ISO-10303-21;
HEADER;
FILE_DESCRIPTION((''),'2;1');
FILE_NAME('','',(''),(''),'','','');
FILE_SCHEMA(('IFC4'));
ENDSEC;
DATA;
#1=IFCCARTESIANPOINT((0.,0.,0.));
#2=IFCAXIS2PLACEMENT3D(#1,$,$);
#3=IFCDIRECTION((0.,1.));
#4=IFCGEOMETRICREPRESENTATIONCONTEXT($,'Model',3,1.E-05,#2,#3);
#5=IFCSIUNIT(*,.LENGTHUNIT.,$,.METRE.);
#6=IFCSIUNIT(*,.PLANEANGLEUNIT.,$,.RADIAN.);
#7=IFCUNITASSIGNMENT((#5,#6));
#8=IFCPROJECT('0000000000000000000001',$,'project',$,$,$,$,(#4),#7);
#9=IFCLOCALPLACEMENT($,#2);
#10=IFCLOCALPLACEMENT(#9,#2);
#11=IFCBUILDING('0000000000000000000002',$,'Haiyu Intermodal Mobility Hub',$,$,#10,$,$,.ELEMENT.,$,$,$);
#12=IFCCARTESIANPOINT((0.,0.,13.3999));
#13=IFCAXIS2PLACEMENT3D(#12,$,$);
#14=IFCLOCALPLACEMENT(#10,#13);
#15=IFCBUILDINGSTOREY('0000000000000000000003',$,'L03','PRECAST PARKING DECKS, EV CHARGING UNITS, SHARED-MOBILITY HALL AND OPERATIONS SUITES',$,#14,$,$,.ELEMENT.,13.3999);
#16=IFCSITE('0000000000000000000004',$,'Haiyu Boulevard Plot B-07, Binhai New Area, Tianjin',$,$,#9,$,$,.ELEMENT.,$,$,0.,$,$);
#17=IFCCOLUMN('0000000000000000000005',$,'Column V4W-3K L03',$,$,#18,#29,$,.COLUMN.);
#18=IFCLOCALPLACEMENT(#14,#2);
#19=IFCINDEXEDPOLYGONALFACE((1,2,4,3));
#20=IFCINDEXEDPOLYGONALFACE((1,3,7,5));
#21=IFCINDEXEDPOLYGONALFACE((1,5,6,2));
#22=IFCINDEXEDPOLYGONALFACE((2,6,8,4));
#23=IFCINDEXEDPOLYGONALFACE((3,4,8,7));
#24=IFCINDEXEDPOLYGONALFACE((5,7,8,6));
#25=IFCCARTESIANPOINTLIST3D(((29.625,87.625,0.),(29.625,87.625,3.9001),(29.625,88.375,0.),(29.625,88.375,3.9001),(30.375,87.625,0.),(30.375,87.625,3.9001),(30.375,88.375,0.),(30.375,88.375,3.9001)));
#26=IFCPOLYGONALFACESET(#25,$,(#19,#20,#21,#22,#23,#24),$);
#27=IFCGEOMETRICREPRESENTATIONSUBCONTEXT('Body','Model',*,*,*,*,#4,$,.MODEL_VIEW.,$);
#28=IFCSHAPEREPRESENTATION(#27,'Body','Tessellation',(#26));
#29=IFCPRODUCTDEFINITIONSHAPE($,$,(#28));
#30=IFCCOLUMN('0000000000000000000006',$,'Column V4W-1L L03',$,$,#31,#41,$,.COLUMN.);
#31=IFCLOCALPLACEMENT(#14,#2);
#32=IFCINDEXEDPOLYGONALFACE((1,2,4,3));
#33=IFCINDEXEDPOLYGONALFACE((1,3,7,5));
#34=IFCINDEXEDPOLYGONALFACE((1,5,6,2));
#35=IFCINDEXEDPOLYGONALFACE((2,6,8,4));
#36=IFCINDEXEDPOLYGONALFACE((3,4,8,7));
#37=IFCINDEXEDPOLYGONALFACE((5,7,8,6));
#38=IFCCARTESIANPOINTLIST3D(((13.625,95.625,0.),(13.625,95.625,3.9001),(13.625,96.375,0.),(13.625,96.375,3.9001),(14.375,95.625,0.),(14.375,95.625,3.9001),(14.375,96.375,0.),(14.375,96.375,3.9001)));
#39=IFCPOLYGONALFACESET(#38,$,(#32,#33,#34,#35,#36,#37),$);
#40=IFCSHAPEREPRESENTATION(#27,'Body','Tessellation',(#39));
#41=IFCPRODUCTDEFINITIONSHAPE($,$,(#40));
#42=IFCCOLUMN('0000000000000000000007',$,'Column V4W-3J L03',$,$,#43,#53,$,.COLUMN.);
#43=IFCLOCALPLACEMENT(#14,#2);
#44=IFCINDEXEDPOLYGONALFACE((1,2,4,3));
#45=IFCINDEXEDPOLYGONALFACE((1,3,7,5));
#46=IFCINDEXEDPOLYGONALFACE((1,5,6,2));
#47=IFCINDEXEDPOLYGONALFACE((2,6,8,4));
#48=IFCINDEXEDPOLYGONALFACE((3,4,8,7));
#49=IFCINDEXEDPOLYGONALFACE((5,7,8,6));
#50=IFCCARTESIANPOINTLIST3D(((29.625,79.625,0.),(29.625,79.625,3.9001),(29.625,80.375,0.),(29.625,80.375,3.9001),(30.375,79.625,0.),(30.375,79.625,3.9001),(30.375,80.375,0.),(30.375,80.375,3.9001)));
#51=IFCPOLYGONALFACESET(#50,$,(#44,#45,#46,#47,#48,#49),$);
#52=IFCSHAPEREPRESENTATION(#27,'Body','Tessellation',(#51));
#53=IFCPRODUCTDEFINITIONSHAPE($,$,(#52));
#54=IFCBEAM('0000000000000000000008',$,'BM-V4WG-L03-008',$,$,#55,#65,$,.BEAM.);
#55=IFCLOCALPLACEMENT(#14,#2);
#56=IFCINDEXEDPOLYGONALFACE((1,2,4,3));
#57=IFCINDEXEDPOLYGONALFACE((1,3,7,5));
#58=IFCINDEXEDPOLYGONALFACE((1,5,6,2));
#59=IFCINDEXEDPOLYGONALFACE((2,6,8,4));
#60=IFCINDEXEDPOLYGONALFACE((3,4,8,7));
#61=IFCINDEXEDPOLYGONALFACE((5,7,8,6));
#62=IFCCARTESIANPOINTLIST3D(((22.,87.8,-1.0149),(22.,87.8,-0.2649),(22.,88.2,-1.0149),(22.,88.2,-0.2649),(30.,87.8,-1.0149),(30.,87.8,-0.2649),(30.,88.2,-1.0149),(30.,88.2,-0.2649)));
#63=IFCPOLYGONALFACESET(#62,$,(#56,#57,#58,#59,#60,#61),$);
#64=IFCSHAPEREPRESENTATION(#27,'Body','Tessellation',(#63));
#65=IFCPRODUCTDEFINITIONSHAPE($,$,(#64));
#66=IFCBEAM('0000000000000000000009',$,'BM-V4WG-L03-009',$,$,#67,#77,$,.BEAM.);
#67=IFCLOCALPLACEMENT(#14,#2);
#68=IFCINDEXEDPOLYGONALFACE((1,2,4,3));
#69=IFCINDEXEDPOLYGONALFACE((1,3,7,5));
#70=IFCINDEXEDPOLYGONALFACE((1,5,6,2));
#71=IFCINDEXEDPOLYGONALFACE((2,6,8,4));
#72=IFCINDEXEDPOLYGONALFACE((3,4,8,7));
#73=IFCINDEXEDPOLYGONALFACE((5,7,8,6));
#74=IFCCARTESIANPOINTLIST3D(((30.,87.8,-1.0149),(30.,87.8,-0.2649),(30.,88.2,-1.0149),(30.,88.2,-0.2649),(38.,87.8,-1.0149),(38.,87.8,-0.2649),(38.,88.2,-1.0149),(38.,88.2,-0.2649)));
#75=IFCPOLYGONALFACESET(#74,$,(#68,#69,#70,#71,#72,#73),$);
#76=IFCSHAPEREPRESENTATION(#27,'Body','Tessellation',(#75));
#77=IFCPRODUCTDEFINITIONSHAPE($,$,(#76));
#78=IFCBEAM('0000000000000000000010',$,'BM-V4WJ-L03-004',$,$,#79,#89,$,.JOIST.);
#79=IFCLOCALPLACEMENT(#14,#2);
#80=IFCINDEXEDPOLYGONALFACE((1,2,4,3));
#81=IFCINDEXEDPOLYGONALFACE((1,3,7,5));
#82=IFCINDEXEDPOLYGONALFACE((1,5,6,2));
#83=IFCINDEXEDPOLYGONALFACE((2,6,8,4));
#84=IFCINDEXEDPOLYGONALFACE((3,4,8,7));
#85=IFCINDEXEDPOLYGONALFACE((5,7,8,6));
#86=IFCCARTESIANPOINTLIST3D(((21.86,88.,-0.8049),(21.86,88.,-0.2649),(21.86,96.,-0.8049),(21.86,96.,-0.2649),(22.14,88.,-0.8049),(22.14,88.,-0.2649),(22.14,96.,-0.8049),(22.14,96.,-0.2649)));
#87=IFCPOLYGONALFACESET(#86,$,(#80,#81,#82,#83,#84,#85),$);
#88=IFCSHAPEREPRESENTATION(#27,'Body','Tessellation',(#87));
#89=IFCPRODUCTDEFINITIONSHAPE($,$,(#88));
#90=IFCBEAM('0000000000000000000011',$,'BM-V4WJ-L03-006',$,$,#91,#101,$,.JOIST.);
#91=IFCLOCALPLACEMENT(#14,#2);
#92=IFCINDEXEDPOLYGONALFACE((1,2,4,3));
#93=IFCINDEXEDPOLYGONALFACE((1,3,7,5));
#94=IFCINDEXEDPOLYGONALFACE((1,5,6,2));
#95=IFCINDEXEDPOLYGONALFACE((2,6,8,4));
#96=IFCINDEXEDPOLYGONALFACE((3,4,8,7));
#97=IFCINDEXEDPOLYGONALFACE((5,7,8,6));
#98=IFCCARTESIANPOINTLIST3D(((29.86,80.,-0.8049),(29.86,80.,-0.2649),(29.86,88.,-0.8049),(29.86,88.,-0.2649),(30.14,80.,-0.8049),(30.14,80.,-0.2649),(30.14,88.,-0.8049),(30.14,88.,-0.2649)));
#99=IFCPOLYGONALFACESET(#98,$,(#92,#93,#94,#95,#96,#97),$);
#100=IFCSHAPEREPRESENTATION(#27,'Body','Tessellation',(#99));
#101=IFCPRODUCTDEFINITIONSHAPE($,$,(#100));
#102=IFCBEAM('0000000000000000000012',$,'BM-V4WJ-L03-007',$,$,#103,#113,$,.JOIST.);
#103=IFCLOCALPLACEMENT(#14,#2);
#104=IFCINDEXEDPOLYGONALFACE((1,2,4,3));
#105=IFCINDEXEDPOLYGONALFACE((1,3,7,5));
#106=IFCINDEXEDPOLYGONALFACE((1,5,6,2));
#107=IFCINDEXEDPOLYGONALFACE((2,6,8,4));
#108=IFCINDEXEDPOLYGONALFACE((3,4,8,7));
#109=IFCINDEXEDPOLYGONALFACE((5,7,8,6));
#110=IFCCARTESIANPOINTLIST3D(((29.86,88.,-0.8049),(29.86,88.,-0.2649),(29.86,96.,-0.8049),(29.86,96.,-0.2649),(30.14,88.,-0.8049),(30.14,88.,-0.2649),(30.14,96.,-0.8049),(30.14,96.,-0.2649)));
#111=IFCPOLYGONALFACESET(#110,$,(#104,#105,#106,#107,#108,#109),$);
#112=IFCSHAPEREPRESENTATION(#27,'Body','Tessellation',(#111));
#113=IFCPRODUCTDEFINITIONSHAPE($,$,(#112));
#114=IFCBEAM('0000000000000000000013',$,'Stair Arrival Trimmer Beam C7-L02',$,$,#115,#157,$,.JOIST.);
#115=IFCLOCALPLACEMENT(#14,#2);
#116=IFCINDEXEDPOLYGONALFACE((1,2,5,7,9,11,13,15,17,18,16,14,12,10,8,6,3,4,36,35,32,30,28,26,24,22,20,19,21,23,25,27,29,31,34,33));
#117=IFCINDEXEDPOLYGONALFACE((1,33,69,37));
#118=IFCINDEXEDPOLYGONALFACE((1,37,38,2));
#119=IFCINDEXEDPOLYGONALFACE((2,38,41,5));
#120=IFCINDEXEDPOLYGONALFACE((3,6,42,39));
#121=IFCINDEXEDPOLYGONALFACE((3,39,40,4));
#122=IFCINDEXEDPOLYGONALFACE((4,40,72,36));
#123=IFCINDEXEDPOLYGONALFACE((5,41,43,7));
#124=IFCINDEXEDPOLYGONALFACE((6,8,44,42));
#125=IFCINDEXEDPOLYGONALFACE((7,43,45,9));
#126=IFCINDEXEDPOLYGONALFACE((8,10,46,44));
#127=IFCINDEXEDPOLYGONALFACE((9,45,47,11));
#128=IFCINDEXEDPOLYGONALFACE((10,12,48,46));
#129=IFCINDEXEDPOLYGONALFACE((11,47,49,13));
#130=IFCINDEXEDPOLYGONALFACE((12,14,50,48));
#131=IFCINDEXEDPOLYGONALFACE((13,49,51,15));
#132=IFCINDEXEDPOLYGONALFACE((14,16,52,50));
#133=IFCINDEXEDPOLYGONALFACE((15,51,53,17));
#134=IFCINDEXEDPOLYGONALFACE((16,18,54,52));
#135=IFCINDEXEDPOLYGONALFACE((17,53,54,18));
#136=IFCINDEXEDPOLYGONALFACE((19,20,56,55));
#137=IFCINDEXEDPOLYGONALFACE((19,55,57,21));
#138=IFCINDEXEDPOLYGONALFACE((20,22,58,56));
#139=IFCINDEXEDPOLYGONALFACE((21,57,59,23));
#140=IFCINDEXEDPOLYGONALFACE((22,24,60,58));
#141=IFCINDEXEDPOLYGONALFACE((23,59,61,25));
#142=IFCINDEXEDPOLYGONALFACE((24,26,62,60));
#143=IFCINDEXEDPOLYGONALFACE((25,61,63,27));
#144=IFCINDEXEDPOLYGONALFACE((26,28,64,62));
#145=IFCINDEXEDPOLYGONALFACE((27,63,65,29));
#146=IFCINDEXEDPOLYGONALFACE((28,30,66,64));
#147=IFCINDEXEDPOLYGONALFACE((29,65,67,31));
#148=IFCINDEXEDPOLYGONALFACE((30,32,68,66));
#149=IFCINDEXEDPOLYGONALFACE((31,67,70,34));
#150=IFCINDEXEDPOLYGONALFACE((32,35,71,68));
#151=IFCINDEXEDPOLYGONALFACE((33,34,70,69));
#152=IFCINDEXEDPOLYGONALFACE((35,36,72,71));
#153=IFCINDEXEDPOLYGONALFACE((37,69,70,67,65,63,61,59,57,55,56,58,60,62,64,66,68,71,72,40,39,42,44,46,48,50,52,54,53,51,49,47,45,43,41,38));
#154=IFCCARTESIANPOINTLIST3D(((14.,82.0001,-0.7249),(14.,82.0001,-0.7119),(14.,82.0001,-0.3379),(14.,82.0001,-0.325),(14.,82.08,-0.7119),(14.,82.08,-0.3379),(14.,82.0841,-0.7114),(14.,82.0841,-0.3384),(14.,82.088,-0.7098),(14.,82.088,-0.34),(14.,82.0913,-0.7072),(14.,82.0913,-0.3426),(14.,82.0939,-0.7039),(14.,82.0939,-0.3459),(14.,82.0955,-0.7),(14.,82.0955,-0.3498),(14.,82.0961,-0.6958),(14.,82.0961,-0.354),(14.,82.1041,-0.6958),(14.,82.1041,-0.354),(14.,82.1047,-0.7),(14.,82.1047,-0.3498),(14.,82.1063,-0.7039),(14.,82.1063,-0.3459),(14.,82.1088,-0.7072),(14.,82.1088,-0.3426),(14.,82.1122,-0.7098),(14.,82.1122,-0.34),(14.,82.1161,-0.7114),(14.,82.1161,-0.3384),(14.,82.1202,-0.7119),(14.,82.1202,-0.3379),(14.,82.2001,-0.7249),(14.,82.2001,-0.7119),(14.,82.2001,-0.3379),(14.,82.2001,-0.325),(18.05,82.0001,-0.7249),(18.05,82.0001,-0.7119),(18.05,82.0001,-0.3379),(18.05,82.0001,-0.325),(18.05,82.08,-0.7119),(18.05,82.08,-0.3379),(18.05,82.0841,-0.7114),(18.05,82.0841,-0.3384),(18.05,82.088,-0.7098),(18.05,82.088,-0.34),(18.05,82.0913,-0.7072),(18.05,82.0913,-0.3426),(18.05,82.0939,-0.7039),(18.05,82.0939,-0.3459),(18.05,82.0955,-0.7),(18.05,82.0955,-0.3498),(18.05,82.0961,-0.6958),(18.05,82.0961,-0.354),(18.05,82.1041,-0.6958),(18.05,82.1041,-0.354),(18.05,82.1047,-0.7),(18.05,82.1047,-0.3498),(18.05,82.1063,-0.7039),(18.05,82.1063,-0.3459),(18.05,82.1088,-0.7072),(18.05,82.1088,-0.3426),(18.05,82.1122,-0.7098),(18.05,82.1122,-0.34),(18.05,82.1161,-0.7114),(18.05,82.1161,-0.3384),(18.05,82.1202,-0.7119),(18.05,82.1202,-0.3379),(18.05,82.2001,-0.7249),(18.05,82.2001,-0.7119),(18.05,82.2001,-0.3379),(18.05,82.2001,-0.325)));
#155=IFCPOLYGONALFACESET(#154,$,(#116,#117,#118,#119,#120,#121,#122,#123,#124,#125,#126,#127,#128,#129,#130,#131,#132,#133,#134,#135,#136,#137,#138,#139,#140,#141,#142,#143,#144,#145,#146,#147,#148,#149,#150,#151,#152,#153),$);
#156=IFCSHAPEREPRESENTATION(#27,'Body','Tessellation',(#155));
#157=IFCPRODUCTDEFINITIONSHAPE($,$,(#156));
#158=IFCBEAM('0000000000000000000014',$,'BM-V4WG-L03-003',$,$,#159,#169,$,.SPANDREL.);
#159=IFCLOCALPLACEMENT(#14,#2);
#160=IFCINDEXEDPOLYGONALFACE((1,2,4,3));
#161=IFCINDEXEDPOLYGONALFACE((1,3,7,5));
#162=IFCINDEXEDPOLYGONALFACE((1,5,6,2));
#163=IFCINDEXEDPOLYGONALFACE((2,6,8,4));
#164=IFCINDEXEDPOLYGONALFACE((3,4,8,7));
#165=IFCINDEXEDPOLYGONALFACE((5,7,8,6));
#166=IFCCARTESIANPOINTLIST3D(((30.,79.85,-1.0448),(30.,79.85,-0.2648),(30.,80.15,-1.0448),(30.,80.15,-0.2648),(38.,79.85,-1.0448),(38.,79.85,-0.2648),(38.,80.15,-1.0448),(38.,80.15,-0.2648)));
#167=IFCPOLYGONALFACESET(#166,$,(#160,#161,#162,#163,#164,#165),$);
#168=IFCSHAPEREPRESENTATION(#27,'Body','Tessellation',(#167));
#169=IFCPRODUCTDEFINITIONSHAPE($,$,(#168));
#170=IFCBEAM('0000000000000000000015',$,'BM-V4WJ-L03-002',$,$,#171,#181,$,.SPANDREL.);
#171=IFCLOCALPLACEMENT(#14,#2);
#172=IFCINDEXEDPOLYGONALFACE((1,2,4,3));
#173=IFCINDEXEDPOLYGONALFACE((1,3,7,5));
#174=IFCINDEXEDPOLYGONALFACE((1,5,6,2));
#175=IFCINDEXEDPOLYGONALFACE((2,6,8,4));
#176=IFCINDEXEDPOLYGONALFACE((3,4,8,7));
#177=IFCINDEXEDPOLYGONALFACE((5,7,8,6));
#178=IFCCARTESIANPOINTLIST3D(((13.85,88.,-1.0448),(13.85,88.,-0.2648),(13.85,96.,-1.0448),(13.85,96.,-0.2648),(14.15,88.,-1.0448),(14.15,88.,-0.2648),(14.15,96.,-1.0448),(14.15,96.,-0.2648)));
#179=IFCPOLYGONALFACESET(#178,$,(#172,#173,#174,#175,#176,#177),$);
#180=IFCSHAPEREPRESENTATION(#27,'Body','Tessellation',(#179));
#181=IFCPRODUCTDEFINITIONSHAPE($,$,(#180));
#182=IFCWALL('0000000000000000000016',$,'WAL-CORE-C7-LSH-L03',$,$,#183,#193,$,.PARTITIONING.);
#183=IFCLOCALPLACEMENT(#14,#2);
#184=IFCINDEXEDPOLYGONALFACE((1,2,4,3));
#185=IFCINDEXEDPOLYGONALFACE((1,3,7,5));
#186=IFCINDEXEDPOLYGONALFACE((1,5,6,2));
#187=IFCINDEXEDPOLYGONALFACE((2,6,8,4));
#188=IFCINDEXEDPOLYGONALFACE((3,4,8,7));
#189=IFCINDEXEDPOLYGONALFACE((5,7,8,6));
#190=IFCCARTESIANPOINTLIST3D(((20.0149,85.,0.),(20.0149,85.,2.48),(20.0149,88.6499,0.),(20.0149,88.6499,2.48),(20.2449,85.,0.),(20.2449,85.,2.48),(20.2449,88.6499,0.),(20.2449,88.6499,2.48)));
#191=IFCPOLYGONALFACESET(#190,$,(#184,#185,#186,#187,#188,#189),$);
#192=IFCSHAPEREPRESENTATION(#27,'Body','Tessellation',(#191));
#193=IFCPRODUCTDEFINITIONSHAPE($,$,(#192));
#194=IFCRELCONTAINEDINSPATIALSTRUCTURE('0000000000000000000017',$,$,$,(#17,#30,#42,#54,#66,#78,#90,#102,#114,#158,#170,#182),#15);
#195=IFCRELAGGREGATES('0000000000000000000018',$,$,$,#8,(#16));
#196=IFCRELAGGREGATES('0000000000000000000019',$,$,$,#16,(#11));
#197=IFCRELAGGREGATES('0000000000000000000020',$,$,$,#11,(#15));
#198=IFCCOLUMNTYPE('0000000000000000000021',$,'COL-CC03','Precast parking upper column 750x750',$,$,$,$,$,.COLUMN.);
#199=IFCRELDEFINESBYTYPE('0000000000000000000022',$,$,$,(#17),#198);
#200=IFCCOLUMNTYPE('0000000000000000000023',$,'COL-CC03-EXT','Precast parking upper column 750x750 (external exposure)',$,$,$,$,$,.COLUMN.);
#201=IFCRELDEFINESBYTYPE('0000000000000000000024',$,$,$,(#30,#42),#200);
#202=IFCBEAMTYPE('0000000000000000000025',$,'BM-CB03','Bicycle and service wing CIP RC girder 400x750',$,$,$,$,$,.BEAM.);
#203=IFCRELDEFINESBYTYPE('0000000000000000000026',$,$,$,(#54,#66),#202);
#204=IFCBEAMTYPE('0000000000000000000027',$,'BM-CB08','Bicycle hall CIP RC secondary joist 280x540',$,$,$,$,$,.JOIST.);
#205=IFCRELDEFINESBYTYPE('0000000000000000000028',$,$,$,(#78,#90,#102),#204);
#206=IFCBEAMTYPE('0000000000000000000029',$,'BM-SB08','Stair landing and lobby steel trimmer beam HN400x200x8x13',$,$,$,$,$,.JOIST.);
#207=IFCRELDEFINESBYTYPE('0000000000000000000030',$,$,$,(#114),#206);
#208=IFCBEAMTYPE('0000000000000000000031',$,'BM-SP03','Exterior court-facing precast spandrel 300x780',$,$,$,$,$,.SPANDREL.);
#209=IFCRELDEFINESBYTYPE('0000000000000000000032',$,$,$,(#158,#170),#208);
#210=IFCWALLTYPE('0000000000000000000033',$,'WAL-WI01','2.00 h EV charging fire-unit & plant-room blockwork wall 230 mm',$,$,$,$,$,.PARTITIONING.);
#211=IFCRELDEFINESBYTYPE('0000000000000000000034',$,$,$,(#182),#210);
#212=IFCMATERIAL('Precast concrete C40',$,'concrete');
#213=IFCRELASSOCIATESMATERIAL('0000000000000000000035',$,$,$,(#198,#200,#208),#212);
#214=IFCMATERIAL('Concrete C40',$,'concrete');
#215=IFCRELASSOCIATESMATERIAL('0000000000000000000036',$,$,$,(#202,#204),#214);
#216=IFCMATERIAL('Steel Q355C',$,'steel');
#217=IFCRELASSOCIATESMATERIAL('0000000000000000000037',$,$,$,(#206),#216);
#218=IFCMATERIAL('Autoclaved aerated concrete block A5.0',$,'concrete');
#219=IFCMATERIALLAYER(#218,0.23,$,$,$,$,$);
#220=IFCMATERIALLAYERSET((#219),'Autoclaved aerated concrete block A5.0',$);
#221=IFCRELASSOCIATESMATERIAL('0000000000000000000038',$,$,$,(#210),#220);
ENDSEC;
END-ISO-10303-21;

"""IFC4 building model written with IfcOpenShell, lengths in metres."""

from ifc_helpers import new_model, si_unit, direction, frame, frame_2d, origin, origin_2d, place, context, subcontext, project, spatial, rectangle, i_section, extrude, material, layer, layer_set, material_profile, profile_set, type_object, element, save


model = new_model("IFC4")

# Units and contexts
model_context = context("Model", 3, precision=1e-05, world=origin(), true_north=direction((0.0, 1.0)))
body_context = subcontext(model_context, "Body", "Model", "MODEL_VIEW")
ifc_project = project(units=[si_unit("LENGTHUNIT", "METRE"), si_unit("PLANEANGLEUNIT", "RADIAN")], contexts=[model_context])

# Site, building, storey
site_placement = place(None, origin())
site = spatial("IfcSite", under=ifc_project, at=site_placement, Name="Haiyu Boulevard Plot B-07, Binhai New Area, Tianjin", CompositionType="ELEMENT", RefElevation=0.0)
building_placement = place(site_placement, origin())
building = spatial("IfcBuilding", under=site, at=building_placement, Name="Haiyu Intermodal Mobility Hub", CompositionType="ELEMENT")
storey_placement = place(building_placement, frame((0.0, 0.0, 13.3999)))
storey = spatial("IfcBuildingStorey", under=building, at=storey_placement, Name="L03", Description="PRECAST PARKING DECKS, EV CHARGING UNITS, SHARED-MOBILITY HALL AND OPERATIONS SUITES", CompositionType="ELEMENT", Elevation=13.3999)

# Columns
ifc_material_1 = material(Name="Precast concrete C40", Category="concrete")
ifc_material_profile_1 = material_profile(ifc_material_1, rectangle(XDim=0.75, YDim=0.75, at=origin_2d()), Name="RC750x750")
ifc_profile_set_1 = profile_set([ifc_material_profile_1], Name="Precast concrete C40")
column_type_1 = type_object("IfcColumnType", Name="COL-CC03", Description="Precast parking upper column 750x750", PredefinedType="COLUMN", material=ifc_profile_set_1)
column_placement = place(storey_placement, frame((30.0, 88.0, 0.0), z_axis=(0.0, 0.0, 1.0), x_axis=(1.0, 0.0, 0.0)))
element("IfcColumn", 1, at=column_placement, inside=storey, type_object=column_type_1, Name="Column V4W-3K L03", PredefinedType="COLUMN", context=body_context, shape_type="SweptSolid", body=[
    extrude(rectangle(XDim=0.75, YDim=0.75, at=origin_2d()), origin(), (0.0, 0.0, 1.0), 3.9001),
])
ifc_material_profile_2 = material_profile(ifc_material_1, rectangle(XDim=0.75, YDim=0.75, at=origin_2d()), Name="RC750x750")
ifc_profile_set_2 = profile_set([ifc_material_profile_2], Name="Precast concrete C40")
column_type_2 = type_object("IfcColumnType", Name="COL-CC03-EXT", Description="Precast parking upper column 750x750 (external exposure)", PredefinedType="COLUMN", material=ifc_profile_set_2)
for number, where, z_axis, x_axis, name in (
    (2, (14.0, 96.0, 0.0), (0.0, 0.0, 1.0), (1.0, 0.0, 0.0), "Column V4W-1L L03"),
    (3, (30.0, 80.0, 0.0), (0.0, 0.0, 1.0), (1.0, 0.0, 0.0), "Column V4W-3J L03"),
):
    element("IfcColumn", number, at=place(storey_placement, frame(where, z_axis=z_axis, x_axis=x_axis)), inside=storey, type_object=column_type_2, Name=name, PredefinedType="COLUMN", context=body_context, shape_type="SweptSolid", body=[
        extrude(rectangle(XDim=0.75, YDim=0.75, at=origin_2d()), origin(), (0.0, 0.0, 1.0), 3.9001),
    ])

# Beams
ifc_material_2 = material(Name="Concrete C40", Category="concrete")
ifc_material_profile_3 = material_profile(ifc_material_2, rectangle(XDim=0.3999, YDim=0.75, at=origin_2d()), Name="RCB400x750")
ifc_profile_set_3 = profile_set([ifc_material_profile_3], Name="Concrete C40")
beam_type_1 = type_object("IfcBeamType", Name="BM-CB03", Description="Bicycle and service wing CIP RC girder 400x750", PredefinedType="BEAM", material=ifc_profile_set_3)
for number, where, z_axis, x_axis, name in (
    (4, (22.0, 88.0, -0.6399), (1.0, 0.0, 0.0), (0.0, 1.0, 0.0), "BM-V4WG-L03-008"),
    (5, (30.0, 88.0, -0.6399), (1.0, 0.0, 0.0), (0.0, 1.0, 0.0), "BM-V4WG-L03-009"),
):
    element("IfcBeam", number, at=place(storey_placement, frame(where, z_axis=z_axis, x_axis=x_axis)), inside=storey, type_object=beam_type_1, Name=name, PredefinedType="BEAM", context=body_context, shape_type="SweptSolid", body=[
        extrude(rectangle(XDim=0.3999, YDim=0.75, at=origin_2d()), origin(), (0.0, 0.0, 1.0), 8.0),
    ])
ifc_material_profile_4 = material_profile(ifc_material_2, rectangle(XDim=0.28, YDim=0.54, at=origin_2d()), Name="RCB280x540")
ifc_profile_set_4 = profile_set([ifc_material_profile_4], Name="Concrete C40")
beam_type_2 = type_object("IfcBeamType", Name="BM-CB08", Description="Bicycle hall CIP RC secondary joist 280x540", PredefinedType="JOIST", material=ifc_profile_set_4)
for number, where, z_axis, x_axis, name in (
    (6, (22.0, 88.0, -0.5349), (0.0, 1.0, 0.0), (-1.0, 0.0, 0.0), "BM-V4WJ-L03-004"),
    (7, (30.0, 80.0, -0.5349), (0.0, 1.0, 0.0), (-1.0, 0.0, 0.0), "BM-V4WJ-L03-006"),
    (8, (30.0, 88.0, -0.5349), (0.0, 1.0, 0.0), (-1.0, 0.0, 0.0), "BM-V4WJ-L03-007"),
):
    element("IfcBeam", number, at=place(storey_placement, frame(where, z_axis=z_axis, x_axis=x_axis)), inside=storey, type_object=beam_type_2, Name=name, PredefinedType="JOIST", context=body_context, shape_type="SweptSolid", body=[
        extrude(rectangle(XDim=0.28, YDim=0.54, at=origin_2d()), origin(), (0.0, 0.0, 1.0), 8.0),
    ])
ifc_material_3 = material(Name="Steel Q355C", Category="steel")
ifc_material_profile_5 = material_profile(ifc_material_3, i_section(OverallWidth=0.2, OverallDepth=0.3999, WebThickness=0.0081, FlangeThickness=0.0129, FilletRadius=0.0161, at=origin_2d()), Name="HN400x200x8x13")
ifc_profile_set_5 = profile_set([ifc_material_profile_5], Name="Steel Q355C")
beam_type_3 = type_object("IfcBeamType", Name="BM-SB08", Description="Stair landing and lobby steel trimmer beam HN400x200x8x13", PredefinedType="JOIST", material=ifc_profile_set_5)
beam_placement = place(storey_placement, frame((14.0, 82.1001, -0.5249), z_axis=(1.0, 0.0, 0.0), x_axis=(0.0, 1.0, 0.0)))
element("IfcBeam", 9, at=beam_placement, inside=storey, type_object=beam_type_3, Name="Stair Arrival Trimmer Beam C7-L02", PredefinedType="JOIST", context=body_context, shape_type="SweptSolid", body=[
    extrude(i_section(OverallWidth=0.2, OverallDepth=0.3999, WebThickness=0.0081, FlangeThickness=0.0129, FilletRadius=0.0161, at=origin_2d()), origin(), (0.0, 0.0, 1.0), 4.05),
])
ifc_material_profile_6 = material_profile(ifc_material_1, rectangle(XDim=0.3, YDim=0.78, at=origin_2d()), Name="PC300x780")
ifc_profile_set_6 = profile_set([ifc_material_profile_6], Name="Precast concrete C40")
beam_type_4 = type_object("IfcBeamType", Name="BM-SP03", Description="Exterior court-facing precast spandrel 300x780", PredefinedType="SPANDREL", material=ifc_profile_set_6)
for number, where, z_axis, x_axis, name in (
    (10, (30.0, 80.0, -0.6548), (1.0, 0.0, 0.0), (0.0, 1.0, 0.0), "BM-V4WG-L03-003"),
    (11, (14.0, 88.0, -0.6548), (0.0, 1.0, 0.0), (-1.0, 0.0, 0.0), "BM-V4WJ-L03-002"),
):
    element("IfcBeam", number, at=place(storey_placement, frame(where, z_axis=z_axis, x_axis=x_axis)), inside=storey, type_object=beam_type_4, Name=name, PredefinedType="SPANDREL", context=body_context, shape_type="SweptSolid", body=[
        extrude(rectangle(XDim=0.3, YDim=0.78, at=origin_2d()), origin(), (0.0, 0.0, 1.0), 8.0),
    ])

# Wall
ifc_material_4 = material(Name="Autoclaved aerated concrete block A5.0", Category="concrete")
ifc_layer_1 = layer(ifc_material_4, 0.23)
ifc_layer_set_1 = layer_set([ifc_layer_1], Name="Autoclaved aerated concrete block A5.0")
wall_type_1 = type_object("IfcWallType", Name="WAL-WI01", Description="2.00 h EV charging fire-unit & plant-room blockwork wall 230 mm", PredefinedType="PARTITIONING", material=ifc_layer_set_1)
wall_1_placement = place(storey_placement, frame((20.1299, 85.0, 0.0), z_axis=(0.0, 0.0, 1.0), x_axis=(0.0, 1.0, 0.0)))
element("IfcWall", 12, at=wall_1_placement, inside=storey, type_object=wall_type_1, Name="WAL-CORE-C7-LSH-L03", PredefinedType="PARTITIONING", context=body_context, shape_type="SweptSolid", body=[
    extrude(rectangle(XDim=3.6499, YDim=0.23, at=frame_2d((1.825, 0.0))), origin(), (0.0, 0.0, 1.0), 2.48),
])

save(model, "model.ifc")
